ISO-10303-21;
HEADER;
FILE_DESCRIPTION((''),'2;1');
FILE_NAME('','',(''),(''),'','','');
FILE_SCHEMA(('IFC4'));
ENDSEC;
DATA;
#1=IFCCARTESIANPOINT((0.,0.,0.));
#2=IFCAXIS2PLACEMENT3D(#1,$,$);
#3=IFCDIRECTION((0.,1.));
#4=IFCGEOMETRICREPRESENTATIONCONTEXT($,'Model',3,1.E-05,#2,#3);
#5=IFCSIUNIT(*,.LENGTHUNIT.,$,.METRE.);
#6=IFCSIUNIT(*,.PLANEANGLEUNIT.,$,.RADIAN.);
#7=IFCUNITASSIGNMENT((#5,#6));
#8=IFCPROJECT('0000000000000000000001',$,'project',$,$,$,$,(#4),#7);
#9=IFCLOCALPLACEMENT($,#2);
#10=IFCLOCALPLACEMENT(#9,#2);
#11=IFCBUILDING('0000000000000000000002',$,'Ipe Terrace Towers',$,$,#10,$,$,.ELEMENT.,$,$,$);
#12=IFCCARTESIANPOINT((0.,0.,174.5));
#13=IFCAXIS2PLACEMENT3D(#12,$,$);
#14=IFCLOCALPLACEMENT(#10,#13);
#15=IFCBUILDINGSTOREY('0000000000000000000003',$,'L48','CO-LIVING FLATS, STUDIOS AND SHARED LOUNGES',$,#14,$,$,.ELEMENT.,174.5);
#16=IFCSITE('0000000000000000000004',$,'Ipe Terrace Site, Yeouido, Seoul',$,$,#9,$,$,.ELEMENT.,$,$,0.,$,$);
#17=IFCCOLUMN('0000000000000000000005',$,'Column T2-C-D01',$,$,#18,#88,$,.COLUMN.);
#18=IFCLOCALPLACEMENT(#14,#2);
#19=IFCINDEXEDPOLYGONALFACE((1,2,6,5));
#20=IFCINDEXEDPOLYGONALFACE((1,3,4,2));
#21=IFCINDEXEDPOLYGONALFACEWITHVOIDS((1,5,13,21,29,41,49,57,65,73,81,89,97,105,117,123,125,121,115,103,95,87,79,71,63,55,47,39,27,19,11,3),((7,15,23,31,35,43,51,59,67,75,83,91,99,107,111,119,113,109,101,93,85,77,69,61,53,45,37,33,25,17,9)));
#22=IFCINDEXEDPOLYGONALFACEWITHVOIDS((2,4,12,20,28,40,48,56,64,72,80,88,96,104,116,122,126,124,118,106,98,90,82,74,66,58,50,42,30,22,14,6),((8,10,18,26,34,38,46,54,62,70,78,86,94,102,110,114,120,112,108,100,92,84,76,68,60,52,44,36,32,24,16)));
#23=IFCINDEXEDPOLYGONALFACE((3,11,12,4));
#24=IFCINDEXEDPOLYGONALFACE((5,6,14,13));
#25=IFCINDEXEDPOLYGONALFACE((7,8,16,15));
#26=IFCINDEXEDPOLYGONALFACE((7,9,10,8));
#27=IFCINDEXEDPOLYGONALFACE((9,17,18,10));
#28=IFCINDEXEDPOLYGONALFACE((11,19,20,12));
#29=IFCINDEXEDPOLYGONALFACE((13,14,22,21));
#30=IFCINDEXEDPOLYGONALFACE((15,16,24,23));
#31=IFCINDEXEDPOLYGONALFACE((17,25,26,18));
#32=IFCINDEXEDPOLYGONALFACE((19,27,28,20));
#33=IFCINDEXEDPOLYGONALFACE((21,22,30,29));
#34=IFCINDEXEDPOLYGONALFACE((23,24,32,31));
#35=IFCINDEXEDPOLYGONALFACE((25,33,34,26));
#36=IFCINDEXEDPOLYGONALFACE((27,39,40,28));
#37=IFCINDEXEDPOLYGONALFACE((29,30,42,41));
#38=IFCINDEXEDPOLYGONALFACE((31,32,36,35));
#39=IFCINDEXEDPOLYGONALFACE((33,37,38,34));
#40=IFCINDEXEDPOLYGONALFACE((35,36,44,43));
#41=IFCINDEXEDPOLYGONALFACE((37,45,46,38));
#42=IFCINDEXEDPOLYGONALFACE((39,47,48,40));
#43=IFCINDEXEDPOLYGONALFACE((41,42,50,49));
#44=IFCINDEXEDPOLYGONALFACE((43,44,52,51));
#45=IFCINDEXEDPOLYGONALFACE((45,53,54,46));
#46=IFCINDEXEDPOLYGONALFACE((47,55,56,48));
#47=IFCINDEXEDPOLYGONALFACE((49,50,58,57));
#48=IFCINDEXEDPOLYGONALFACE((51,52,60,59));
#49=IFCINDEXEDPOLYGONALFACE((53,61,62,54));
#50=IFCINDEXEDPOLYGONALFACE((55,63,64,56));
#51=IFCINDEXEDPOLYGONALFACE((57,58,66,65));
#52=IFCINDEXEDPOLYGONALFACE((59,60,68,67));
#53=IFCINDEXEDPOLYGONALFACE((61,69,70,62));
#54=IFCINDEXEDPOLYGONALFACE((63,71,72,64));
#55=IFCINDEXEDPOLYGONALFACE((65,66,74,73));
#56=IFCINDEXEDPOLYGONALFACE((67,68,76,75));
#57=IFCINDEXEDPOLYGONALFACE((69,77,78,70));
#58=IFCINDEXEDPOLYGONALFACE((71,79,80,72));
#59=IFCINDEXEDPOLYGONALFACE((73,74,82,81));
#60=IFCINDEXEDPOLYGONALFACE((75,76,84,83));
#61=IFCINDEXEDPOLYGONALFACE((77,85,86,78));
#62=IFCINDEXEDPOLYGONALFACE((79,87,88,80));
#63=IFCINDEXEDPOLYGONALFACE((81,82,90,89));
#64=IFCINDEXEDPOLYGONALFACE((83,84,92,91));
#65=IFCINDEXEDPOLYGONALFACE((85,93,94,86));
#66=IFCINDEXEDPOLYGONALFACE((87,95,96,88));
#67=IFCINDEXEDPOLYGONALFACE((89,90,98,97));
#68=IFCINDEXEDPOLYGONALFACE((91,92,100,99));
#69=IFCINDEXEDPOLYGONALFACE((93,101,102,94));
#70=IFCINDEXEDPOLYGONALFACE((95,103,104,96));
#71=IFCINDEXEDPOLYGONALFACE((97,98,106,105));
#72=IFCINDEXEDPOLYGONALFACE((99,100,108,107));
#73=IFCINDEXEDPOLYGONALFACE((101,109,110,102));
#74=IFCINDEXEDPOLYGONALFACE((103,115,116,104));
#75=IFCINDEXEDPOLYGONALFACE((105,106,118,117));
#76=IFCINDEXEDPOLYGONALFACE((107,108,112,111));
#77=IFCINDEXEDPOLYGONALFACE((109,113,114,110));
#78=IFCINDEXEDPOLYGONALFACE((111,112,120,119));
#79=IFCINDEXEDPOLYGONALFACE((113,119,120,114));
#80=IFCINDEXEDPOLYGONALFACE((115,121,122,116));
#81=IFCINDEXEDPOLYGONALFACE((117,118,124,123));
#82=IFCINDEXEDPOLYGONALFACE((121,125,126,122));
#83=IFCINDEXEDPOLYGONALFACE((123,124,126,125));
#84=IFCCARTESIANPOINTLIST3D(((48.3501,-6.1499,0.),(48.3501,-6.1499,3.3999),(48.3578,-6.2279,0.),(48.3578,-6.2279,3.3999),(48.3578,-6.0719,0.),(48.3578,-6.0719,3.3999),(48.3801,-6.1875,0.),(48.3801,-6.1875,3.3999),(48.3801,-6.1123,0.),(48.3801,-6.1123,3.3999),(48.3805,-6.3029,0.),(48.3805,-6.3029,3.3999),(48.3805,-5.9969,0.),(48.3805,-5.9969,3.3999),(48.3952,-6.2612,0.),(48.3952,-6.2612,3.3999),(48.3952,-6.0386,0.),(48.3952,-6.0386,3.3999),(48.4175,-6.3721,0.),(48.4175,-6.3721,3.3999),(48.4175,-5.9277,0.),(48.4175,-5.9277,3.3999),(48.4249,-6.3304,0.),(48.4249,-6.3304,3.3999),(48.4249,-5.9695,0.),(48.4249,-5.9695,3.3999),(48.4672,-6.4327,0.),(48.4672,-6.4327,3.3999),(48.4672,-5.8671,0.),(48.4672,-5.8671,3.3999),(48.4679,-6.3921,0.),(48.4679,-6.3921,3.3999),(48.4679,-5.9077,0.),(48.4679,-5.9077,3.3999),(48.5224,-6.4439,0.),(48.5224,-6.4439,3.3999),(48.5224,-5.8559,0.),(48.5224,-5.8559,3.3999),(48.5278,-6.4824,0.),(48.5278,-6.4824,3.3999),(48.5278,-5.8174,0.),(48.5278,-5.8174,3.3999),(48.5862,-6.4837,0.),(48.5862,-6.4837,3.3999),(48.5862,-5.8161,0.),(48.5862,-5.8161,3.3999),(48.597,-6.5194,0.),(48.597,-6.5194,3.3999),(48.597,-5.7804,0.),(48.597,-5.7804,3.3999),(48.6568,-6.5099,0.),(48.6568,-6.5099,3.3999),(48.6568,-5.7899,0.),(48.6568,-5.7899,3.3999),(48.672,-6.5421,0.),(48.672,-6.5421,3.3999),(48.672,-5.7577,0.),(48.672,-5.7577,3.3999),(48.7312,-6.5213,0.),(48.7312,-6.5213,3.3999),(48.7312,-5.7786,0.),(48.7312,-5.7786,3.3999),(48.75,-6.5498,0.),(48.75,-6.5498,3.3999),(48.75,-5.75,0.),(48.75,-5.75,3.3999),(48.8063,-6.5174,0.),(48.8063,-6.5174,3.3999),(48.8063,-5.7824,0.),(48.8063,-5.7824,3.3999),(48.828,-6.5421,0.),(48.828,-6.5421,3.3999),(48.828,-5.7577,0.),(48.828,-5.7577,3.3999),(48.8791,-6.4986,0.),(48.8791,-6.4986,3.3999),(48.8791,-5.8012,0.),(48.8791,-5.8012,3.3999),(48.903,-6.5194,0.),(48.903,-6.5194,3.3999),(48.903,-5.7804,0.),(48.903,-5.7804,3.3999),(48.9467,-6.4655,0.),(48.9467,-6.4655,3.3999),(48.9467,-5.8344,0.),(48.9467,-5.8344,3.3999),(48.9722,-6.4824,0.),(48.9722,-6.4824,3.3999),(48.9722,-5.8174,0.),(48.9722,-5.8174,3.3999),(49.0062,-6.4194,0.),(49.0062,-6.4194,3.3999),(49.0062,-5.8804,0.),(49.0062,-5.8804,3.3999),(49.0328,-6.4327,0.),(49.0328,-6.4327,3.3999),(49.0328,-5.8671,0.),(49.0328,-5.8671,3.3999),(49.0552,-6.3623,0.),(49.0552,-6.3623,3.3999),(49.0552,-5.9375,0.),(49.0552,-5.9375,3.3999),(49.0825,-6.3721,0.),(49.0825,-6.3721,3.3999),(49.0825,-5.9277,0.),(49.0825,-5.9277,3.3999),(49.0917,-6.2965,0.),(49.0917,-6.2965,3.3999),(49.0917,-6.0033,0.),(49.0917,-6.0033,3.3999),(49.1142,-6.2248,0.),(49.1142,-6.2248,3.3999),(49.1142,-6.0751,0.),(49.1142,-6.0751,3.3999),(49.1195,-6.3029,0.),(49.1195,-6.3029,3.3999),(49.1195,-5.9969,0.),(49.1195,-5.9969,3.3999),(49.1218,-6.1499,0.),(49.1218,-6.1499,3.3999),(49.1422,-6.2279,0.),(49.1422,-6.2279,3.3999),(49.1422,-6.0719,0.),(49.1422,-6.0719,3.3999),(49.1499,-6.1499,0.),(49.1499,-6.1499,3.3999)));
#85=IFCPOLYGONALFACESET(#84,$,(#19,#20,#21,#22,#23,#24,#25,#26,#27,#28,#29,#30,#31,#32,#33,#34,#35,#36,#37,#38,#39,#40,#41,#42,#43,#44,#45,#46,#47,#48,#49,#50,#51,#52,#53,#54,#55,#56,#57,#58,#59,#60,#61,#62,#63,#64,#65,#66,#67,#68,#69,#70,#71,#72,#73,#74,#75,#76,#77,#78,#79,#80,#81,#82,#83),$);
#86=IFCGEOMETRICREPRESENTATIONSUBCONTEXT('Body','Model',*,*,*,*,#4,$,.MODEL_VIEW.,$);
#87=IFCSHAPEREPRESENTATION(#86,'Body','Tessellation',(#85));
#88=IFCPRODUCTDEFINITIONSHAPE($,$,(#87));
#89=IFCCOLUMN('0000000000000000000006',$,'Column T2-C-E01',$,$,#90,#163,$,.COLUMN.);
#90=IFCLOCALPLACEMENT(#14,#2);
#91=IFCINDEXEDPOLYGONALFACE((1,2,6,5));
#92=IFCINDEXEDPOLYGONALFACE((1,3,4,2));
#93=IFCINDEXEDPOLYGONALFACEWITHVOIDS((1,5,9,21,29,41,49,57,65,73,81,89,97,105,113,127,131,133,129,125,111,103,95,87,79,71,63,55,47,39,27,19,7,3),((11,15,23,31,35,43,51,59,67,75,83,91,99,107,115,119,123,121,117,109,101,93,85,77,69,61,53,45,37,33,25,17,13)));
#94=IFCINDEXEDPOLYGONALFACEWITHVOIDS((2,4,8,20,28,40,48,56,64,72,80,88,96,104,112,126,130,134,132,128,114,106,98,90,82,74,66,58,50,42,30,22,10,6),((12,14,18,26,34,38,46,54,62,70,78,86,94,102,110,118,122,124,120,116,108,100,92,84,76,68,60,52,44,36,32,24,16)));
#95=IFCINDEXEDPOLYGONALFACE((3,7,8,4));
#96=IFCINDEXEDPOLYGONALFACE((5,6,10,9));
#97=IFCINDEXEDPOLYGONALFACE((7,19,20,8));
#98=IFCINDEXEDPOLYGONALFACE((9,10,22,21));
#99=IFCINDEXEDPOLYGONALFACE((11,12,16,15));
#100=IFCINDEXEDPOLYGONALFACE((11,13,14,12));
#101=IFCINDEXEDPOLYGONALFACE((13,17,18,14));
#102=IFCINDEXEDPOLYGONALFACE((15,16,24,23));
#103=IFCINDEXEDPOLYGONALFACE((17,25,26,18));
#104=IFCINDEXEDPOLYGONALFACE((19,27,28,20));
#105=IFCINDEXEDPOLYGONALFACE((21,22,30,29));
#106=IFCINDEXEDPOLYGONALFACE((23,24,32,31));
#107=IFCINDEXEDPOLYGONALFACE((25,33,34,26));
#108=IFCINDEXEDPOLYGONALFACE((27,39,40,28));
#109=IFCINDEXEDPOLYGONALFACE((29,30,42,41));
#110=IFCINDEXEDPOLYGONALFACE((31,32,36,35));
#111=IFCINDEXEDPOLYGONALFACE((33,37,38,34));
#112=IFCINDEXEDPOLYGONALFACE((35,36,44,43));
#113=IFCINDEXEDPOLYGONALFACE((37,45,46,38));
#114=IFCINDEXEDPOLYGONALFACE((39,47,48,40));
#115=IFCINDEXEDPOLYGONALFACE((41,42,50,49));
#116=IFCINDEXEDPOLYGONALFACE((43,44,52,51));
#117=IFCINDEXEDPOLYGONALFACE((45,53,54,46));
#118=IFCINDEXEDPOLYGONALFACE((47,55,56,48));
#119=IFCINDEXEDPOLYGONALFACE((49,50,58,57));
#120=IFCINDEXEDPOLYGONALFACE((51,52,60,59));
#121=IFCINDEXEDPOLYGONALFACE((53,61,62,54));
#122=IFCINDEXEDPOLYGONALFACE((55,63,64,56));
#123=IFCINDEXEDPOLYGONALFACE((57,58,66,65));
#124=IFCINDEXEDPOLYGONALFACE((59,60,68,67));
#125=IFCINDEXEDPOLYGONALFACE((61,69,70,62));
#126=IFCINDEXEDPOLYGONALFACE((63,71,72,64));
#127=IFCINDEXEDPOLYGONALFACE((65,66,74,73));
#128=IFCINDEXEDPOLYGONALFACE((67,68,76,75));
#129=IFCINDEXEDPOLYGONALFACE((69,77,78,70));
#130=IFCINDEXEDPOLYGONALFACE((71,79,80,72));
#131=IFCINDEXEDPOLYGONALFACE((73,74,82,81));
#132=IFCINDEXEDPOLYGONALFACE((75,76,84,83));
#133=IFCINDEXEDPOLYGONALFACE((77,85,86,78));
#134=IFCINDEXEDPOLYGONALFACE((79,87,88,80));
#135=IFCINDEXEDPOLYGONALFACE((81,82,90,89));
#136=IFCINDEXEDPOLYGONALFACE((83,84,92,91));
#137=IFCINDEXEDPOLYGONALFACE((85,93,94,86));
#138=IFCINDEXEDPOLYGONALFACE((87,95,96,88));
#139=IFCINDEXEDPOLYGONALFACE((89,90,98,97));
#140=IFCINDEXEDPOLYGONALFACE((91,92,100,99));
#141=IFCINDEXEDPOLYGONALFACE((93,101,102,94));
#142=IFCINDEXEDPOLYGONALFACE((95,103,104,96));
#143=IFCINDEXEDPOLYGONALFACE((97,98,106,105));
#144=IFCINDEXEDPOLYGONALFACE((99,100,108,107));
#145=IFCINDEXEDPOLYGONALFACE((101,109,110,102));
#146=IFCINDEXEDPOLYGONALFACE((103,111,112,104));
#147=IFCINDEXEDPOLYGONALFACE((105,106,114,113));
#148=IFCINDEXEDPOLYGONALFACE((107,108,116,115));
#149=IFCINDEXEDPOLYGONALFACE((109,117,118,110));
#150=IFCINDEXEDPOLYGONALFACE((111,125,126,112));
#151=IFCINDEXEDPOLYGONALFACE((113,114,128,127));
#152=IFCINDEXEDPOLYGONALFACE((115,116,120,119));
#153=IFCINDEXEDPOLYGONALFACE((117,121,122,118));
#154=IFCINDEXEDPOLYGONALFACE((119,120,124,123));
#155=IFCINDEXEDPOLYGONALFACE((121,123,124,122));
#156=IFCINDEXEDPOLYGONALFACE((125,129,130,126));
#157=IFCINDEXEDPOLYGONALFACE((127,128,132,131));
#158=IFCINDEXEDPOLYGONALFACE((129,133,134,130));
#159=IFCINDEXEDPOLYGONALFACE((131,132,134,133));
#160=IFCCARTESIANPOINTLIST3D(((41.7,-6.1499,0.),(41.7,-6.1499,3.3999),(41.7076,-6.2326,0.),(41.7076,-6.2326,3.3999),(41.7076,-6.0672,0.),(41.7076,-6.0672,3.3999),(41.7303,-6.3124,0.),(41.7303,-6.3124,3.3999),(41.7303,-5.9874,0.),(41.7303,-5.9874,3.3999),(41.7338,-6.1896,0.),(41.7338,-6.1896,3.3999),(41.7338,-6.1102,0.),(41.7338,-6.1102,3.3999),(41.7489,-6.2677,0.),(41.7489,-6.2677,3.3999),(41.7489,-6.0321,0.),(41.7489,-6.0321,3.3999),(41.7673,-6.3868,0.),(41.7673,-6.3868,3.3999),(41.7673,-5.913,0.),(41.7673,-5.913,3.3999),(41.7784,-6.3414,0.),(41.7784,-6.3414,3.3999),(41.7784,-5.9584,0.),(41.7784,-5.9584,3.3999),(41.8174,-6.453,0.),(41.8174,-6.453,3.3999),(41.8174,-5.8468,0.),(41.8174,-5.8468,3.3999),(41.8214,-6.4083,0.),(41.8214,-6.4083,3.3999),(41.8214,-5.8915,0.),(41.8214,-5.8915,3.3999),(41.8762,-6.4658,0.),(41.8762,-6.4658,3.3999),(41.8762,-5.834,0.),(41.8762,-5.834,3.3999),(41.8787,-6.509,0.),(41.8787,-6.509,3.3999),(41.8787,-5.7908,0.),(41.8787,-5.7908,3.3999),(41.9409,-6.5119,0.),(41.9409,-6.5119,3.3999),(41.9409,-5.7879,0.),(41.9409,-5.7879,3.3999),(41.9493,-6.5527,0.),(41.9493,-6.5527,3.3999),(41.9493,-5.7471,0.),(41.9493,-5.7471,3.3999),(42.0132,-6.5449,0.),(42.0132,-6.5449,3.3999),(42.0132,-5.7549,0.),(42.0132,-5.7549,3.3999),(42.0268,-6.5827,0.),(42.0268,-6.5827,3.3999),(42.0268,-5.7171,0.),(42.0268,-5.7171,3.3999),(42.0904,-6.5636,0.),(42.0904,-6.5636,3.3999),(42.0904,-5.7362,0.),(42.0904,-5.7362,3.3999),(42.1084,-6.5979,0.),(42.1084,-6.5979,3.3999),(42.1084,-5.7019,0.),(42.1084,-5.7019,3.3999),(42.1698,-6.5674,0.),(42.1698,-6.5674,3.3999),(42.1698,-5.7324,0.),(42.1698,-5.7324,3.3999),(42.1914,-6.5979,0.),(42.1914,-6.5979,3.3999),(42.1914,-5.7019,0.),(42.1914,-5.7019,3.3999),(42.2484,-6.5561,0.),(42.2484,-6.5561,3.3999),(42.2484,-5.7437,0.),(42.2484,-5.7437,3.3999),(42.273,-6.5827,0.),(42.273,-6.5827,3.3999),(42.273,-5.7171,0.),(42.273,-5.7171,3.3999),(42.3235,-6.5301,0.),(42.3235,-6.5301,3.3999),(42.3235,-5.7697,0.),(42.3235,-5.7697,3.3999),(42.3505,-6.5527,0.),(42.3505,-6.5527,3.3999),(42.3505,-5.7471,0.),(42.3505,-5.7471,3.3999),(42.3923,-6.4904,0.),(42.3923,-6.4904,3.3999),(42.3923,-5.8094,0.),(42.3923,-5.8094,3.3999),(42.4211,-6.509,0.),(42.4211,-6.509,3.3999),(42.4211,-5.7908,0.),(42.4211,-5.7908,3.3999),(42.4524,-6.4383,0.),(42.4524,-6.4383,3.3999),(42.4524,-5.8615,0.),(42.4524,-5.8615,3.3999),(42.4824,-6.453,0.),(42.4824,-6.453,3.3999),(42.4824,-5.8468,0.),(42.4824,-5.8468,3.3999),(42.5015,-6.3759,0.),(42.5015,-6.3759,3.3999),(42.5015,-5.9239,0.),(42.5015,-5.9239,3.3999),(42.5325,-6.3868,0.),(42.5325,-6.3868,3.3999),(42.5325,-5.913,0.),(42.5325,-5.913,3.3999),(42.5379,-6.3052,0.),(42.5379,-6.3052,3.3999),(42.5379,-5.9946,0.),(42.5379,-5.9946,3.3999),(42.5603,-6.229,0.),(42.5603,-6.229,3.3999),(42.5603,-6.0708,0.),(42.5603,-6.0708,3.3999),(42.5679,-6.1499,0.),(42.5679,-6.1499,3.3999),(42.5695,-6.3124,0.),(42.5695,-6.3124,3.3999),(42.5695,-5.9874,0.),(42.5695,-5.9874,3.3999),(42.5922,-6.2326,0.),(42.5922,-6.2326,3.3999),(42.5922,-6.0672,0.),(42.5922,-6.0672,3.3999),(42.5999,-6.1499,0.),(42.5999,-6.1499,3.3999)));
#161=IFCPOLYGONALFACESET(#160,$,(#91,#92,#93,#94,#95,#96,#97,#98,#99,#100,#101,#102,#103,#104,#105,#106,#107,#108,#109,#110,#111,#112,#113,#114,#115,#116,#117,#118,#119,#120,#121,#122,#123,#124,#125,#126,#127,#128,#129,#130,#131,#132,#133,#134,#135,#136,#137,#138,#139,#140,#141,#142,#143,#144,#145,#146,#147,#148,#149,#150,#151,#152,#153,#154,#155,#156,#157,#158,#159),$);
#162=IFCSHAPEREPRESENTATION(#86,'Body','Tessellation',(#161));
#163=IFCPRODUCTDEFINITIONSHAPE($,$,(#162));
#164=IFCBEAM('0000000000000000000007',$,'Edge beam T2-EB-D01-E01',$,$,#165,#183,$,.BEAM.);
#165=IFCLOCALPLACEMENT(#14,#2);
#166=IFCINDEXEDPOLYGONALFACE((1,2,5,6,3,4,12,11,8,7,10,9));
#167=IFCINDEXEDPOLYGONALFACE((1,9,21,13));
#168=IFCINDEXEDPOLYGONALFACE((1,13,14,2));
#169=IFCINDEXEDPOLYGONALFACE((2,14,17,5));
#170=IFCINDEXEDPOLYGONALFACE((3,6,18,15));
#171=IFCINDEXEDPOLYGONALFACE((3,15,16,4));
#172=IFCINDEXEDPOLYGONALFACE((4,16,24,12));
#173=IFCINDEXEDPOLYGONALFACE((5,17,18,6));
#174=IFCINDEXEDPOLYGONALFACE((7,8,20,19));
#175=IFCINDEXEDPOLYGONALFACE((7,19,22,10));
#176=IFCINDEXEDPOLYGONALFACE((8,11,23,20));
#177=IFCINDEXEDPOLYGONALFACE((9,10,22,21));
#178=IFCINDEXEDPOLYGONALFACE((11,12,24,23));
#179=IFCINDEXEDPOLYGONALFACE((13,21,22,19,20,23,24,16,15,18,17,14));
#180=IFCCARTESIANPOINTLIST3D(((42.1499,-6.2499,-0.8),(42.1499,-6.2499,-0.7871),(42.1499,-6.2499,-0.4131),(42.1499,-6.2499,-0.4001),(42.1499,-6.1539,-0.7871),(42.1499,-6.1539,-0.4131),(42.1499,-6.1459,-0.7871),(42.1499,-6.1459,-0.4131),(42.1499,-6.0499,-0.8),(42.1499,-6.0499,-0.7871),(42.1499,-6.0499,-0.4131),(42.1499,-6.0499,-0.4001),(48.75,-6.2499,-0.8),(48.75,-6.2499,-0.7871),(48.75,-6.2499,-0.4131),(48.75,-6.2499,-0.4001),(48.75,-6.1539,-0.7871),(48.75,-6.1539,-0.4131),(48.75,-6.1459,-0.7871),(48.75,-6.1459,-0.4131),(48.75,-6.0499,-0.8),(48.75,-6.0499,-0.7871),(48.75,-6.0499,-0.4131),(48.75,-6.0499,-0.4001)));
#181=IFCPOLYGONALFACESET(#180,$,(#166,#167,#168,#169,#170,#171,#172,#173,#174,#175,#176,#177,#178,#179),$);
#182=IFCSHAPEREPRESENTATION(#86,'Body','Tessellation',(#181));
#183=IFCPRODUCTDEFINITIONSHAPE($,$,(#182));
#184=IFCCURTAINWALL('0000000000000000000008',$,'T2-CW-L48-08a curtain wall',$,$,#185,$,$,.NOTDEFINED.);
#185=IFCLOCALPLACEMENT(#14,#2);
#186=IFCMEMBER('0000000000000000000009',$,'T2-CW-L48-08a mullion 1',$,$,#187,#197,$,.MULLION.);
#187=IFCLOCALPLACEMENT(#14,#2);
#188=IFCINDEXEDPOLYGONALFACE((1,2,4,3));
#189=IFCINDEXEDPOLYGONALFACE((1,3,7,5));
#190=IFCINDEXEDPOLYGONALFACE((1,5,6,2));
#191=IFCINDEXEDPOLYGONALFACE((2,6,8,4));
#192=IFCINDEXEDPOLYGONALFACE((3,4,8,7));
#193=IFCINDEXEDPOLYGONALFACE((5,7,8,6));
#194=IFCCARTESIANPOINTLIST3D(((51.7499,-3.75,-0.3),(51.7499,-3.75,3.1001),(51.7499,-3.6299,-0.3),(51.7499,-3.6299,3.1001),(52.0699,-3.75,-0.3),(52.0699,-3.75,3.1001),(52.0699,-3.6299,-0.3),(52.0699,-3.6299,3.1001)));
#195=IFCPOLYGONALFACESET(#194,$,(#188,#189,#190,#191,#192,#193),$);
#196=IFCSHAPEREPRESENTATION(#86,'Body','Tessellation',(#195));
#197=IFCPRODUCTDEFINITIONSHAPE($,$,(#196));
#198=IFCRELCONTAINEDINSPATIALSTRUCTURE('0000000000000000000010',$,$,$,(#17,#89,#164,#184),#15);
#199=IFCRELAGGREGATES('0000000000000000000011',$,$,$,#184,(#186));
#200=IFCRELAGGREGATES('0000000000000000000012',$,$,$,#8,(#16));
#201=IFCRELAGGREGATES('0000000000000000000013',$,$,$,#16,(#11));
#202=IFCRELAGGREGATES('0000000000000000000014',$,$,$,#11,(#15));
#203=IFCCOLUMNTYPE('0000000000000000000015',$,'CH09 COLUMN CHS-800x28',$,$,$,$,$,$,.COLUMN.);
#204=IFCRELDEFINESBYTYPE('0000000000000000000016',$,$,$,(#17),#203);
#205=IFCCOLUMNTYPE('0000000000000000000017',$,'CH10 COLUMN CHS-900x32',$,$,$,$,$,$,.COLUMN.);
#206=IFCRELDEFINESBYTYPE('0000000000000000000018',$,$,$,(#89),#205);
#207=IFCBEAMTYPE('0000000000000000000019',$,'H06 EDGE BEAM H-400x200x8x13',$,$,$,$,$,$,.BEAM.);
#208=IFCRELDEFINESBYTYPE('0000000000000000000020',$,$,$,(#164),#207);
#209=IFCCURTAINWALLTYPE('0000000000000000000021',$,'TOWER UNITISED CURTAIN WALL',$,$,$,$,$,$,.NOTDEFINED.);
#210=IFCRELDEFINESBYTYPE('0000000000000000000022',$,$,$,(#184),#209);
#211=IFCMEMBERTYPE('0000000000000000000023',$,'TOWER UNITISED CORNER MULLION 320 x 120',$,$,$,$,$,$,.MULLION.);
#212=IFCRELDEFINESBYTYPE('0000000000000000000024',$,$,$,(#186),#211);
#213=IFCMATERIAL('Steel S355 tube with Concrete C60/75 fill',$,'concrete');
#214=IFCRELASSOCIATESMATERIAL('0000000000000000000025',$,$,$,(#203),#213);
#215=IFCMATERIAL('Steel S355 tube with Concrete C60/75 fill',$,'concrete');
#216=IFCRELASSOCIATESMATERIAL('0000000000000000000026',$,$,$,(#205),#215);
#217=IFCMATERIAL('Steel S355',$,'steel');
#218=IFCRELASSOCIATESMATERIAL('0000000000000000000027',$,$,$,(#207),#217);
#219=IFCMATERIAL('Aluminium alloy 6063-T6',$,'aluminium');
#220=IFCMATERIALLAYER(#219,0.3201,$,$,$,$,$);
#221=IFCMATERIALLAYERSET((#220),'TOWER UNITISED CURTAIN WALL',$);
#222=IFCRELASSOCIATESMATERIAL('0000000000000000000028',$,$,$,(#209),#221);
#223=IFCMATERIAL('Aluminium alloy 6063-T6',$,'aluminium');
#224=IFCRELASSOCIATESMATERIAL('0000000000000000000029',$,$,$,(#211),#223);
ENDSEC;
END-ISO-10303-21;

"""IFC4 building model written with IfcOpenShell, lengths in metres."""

from ifc_helpers import new_model, si_unit, direction, frame, origin, origin_2d, place, context, subcontext, project, spatial, rectangle, hollow_circle, i_section, extrude, material, layer, layer_set, material_profile, profile_set, type_object, element, aggregate, save


model = new_model("IFC4")

# Units and contexts
model_context = context("Model", 3, precision=1e-05, world=origin(), true_north=direction((0.0, 1.0)))
body_context = subcontext(model_context, "Body", "Model", "MODEL_VIEW")
ifc_project = project(units=[si_unit("LENGTHUNIT", "METRE"), si_unit("PLANEANGLEUNIT", "RADIAN")], contexts=[model_context])

# Site, building, storey
site_placement = place(None, origin())
site = spatial("IfcSite", under=ifc_project, at=site_placement, Name="Ipe Terrace Site, Yeouido, Seoul", CompositionType="ELEMENT", RefElevation=0.0)
building_placement = place(site_placement, origin())
building = spatial("IfcBuilding", under=site, at=building_placement, Name="Ipe Terrace Towers", CompositionType="ELEMENT")
storey_placement = place(building_placement, frame((0.0, 0.0, 174.5)))
storey = spatial("IfcBuildingStorey", under=building, at=storey_placement, Name="L48", Description="CO-LIVING FLATS, STUDIOS AND SHARED LOUNGES", CompositionType="ELEMENT", Elevation=174.5)

# Columns
ifc_material_1 = material(Name="Steel S355 tube with Concrete C60/75 fill", Category="concrete")
ifc_material_profile_1 = material_profile(ifc_material_1, hollow_circle(Radius=0.3999, WallThickness=0.0281, at=origin_2d()), Name="CHS-800x28")
ifc_profile_set_1 = profile_set([ifc_material_profile_1], Name="Steel S355 tube with Concrete C60/75 fill")
column_type_1 = type_object("IfcColumnType", Name="CH09 COLUMN CHS-800x28", PredefinedType="COLUMN", material=ifc_profile_set_1)
column_1_placement = place(storey_placement, frame((48.75, -6.1499, 0.0), z_axis=(0.0, 0.0, 1.0), x_axis=(1.0, 0.0, 0.0)))
element("IfcColumn", 1, at=column_1_placement, inside=storey, type_object=column_type_1, Name="Column T2-C-D01", PredefinedType="COLUMN", context=body_context, shape_type="SweptSolid", body=[
    extrude(hollow_circle(Radius=0.3999, WallThickness=0.0281, at=origin_2d()), origin(), (0.0, 0.0, 1.0), 3.3999),
])
ifc_material_2 = material(Name="Steel S355 tube with Concrete C60/75 fill", Category="concrete")
ifc_material_profile_2 = material_profile(ifc_material_2, hollow_circle(Radius=0.45, WallThickness=0.032, at=origin_2d()), Name="CHS-900x32")
ifc_profile_set_2 = profile_set([ifc_material_profile_2], Name="Steel S355 tube with Concrete C60/75 fill")
column_type_2 = type_object("IfcColumnType", Name="CH10 COLUMN CHS-900x32", PredefinedType="COLUMN", material=ifc_profile_set_2)
column_2_placement = place(storey_placement, frame((42.1499, -6.1499, 0.0), z_axis=(0.0, 0.0, 1.0), x_axis=(1.0, 0.0, 0.0)))
element("IfcColumn", 2, at=column_2_placement, inside=storey, type_object=column_type_2, Name="Column T2-C-E01", PredefinedType="COLUMN", context=body_context, shape_type="SweptSolid", body=[
    extrude(hollow_circle(Radius=0.45, WallThickness=0.032, at=origin_2d()), origin(), (0.0, 0.0, 1.0), 3.3999),
])

# Beam
ifc_material_3 = material(Name="Steel S355", Category="steel")
ifc_material_profile_3 = material_profile(ifc_material_3, i_section(OverallWidth=0.2, OverallDepth=0.3999, WebThickness=0.0081, FlangeThickness=0.0129, at=origin_2d()), Name="H-400x200x8x13")
ifc_profile_set_3 = profile_set([ifc_material_profile_3], Name="Steel S355")
beam_type = type_object("IfcBeamType", Name="H06 EDGE BEAM H-400x200x8x13", PredefinedType="BEAM", material=ifc_profile_set_3)
beam_placement = place(storey_placement, frame((48.75, -6.1499, -0.6001), z_axis=(-1.0, 0.0, 0.0), x_axis=(0.0, -1.0, 0.0)))
element("IfcBeam", 3, at=beam_placement, inside=storey, type_object=beam_type, Name="Edge beam T2-EB-D01-E01", PredefinedType="BEAM", context=body_context, shape_type="SweptSolid", body=[
    extrude(i_section(OverallWidth=0.2, OverallDepth=0.3999, WebThickness=0.0081, FlangeThickness=0.0129, at=origin_2d()), origin(), (0.0, 0.0, 1.0), 6.6001),
])

# Curtain wall, member
ifc_material_4 = material(Name="Aluminium alloy 6063-T6", Category="aluminium")
ifc_layer_1 = layer(ifc_material_4, 0.3201)
ifc_layer_set_1 = layer_set([ifc_layer_1], Name="TOWER UNITISED CURTAIN WALL")
curtain_wall_type = type_object("IfcCurtainWallType", Name="TOWER UNITISED CURTAIN WALL", PredefinedType="NOTDEFINED", material=ifc_layer_set_1)
curtain_wall_placement = place(storey_placement, origin())
curtain_wall = element("IfcCurtainWall", 4, at=curtain_wall_placement, inside=storey, type_object=curtain_wall_type, Name="T2-CW-L48-08a curtain wall", PredefinedType="NOTDEFINED")
ifc_material_5 = material(Name="Aluminium alloy 6063-T6", Category="aluminium")
ifc_material_profile_4 = material_profile(ifc_material_5, rectangle(XDim=0.3201, YDim=0.1201, at=origin_2d()), Name="TOWER UNITISED CORNER MULLION 320 x 120")
ifc_profile_set_4 = profile_set([ifc_material_profile_4], Name="Aluminium alloy 6063-T6")
member_type_1 = type_object("IfcMemberType", Name="TOWER UNITISED CORNER MULLION 320 x 120", PredefinedType="MULLION", material=ifc_profile_set_4)
member_1_placement = place(storey_placement, frame((51.9099, -3.6899, -0.3), z_axis=(0.0, 0.0, 1.0), x_axis=(1.0, 0.0, 0.0)))
member_1 = element("IfcMember", 5, at=member_1_placement, type_object=member_type_1, Name="T2-CW-L48-08a mullion 1", PredefinedType="MULLION", context=body_context, shape_type="SweptSolid", body=[
    extrude(rectangle(XDim=0.3201, YDim=0.1201, at=origin_2d()), origin(), (0.0, 0.0, 1.0), 3.4001),
])
aggregate(curtain_wall, [member_1])

save(model, "model.ifc")
